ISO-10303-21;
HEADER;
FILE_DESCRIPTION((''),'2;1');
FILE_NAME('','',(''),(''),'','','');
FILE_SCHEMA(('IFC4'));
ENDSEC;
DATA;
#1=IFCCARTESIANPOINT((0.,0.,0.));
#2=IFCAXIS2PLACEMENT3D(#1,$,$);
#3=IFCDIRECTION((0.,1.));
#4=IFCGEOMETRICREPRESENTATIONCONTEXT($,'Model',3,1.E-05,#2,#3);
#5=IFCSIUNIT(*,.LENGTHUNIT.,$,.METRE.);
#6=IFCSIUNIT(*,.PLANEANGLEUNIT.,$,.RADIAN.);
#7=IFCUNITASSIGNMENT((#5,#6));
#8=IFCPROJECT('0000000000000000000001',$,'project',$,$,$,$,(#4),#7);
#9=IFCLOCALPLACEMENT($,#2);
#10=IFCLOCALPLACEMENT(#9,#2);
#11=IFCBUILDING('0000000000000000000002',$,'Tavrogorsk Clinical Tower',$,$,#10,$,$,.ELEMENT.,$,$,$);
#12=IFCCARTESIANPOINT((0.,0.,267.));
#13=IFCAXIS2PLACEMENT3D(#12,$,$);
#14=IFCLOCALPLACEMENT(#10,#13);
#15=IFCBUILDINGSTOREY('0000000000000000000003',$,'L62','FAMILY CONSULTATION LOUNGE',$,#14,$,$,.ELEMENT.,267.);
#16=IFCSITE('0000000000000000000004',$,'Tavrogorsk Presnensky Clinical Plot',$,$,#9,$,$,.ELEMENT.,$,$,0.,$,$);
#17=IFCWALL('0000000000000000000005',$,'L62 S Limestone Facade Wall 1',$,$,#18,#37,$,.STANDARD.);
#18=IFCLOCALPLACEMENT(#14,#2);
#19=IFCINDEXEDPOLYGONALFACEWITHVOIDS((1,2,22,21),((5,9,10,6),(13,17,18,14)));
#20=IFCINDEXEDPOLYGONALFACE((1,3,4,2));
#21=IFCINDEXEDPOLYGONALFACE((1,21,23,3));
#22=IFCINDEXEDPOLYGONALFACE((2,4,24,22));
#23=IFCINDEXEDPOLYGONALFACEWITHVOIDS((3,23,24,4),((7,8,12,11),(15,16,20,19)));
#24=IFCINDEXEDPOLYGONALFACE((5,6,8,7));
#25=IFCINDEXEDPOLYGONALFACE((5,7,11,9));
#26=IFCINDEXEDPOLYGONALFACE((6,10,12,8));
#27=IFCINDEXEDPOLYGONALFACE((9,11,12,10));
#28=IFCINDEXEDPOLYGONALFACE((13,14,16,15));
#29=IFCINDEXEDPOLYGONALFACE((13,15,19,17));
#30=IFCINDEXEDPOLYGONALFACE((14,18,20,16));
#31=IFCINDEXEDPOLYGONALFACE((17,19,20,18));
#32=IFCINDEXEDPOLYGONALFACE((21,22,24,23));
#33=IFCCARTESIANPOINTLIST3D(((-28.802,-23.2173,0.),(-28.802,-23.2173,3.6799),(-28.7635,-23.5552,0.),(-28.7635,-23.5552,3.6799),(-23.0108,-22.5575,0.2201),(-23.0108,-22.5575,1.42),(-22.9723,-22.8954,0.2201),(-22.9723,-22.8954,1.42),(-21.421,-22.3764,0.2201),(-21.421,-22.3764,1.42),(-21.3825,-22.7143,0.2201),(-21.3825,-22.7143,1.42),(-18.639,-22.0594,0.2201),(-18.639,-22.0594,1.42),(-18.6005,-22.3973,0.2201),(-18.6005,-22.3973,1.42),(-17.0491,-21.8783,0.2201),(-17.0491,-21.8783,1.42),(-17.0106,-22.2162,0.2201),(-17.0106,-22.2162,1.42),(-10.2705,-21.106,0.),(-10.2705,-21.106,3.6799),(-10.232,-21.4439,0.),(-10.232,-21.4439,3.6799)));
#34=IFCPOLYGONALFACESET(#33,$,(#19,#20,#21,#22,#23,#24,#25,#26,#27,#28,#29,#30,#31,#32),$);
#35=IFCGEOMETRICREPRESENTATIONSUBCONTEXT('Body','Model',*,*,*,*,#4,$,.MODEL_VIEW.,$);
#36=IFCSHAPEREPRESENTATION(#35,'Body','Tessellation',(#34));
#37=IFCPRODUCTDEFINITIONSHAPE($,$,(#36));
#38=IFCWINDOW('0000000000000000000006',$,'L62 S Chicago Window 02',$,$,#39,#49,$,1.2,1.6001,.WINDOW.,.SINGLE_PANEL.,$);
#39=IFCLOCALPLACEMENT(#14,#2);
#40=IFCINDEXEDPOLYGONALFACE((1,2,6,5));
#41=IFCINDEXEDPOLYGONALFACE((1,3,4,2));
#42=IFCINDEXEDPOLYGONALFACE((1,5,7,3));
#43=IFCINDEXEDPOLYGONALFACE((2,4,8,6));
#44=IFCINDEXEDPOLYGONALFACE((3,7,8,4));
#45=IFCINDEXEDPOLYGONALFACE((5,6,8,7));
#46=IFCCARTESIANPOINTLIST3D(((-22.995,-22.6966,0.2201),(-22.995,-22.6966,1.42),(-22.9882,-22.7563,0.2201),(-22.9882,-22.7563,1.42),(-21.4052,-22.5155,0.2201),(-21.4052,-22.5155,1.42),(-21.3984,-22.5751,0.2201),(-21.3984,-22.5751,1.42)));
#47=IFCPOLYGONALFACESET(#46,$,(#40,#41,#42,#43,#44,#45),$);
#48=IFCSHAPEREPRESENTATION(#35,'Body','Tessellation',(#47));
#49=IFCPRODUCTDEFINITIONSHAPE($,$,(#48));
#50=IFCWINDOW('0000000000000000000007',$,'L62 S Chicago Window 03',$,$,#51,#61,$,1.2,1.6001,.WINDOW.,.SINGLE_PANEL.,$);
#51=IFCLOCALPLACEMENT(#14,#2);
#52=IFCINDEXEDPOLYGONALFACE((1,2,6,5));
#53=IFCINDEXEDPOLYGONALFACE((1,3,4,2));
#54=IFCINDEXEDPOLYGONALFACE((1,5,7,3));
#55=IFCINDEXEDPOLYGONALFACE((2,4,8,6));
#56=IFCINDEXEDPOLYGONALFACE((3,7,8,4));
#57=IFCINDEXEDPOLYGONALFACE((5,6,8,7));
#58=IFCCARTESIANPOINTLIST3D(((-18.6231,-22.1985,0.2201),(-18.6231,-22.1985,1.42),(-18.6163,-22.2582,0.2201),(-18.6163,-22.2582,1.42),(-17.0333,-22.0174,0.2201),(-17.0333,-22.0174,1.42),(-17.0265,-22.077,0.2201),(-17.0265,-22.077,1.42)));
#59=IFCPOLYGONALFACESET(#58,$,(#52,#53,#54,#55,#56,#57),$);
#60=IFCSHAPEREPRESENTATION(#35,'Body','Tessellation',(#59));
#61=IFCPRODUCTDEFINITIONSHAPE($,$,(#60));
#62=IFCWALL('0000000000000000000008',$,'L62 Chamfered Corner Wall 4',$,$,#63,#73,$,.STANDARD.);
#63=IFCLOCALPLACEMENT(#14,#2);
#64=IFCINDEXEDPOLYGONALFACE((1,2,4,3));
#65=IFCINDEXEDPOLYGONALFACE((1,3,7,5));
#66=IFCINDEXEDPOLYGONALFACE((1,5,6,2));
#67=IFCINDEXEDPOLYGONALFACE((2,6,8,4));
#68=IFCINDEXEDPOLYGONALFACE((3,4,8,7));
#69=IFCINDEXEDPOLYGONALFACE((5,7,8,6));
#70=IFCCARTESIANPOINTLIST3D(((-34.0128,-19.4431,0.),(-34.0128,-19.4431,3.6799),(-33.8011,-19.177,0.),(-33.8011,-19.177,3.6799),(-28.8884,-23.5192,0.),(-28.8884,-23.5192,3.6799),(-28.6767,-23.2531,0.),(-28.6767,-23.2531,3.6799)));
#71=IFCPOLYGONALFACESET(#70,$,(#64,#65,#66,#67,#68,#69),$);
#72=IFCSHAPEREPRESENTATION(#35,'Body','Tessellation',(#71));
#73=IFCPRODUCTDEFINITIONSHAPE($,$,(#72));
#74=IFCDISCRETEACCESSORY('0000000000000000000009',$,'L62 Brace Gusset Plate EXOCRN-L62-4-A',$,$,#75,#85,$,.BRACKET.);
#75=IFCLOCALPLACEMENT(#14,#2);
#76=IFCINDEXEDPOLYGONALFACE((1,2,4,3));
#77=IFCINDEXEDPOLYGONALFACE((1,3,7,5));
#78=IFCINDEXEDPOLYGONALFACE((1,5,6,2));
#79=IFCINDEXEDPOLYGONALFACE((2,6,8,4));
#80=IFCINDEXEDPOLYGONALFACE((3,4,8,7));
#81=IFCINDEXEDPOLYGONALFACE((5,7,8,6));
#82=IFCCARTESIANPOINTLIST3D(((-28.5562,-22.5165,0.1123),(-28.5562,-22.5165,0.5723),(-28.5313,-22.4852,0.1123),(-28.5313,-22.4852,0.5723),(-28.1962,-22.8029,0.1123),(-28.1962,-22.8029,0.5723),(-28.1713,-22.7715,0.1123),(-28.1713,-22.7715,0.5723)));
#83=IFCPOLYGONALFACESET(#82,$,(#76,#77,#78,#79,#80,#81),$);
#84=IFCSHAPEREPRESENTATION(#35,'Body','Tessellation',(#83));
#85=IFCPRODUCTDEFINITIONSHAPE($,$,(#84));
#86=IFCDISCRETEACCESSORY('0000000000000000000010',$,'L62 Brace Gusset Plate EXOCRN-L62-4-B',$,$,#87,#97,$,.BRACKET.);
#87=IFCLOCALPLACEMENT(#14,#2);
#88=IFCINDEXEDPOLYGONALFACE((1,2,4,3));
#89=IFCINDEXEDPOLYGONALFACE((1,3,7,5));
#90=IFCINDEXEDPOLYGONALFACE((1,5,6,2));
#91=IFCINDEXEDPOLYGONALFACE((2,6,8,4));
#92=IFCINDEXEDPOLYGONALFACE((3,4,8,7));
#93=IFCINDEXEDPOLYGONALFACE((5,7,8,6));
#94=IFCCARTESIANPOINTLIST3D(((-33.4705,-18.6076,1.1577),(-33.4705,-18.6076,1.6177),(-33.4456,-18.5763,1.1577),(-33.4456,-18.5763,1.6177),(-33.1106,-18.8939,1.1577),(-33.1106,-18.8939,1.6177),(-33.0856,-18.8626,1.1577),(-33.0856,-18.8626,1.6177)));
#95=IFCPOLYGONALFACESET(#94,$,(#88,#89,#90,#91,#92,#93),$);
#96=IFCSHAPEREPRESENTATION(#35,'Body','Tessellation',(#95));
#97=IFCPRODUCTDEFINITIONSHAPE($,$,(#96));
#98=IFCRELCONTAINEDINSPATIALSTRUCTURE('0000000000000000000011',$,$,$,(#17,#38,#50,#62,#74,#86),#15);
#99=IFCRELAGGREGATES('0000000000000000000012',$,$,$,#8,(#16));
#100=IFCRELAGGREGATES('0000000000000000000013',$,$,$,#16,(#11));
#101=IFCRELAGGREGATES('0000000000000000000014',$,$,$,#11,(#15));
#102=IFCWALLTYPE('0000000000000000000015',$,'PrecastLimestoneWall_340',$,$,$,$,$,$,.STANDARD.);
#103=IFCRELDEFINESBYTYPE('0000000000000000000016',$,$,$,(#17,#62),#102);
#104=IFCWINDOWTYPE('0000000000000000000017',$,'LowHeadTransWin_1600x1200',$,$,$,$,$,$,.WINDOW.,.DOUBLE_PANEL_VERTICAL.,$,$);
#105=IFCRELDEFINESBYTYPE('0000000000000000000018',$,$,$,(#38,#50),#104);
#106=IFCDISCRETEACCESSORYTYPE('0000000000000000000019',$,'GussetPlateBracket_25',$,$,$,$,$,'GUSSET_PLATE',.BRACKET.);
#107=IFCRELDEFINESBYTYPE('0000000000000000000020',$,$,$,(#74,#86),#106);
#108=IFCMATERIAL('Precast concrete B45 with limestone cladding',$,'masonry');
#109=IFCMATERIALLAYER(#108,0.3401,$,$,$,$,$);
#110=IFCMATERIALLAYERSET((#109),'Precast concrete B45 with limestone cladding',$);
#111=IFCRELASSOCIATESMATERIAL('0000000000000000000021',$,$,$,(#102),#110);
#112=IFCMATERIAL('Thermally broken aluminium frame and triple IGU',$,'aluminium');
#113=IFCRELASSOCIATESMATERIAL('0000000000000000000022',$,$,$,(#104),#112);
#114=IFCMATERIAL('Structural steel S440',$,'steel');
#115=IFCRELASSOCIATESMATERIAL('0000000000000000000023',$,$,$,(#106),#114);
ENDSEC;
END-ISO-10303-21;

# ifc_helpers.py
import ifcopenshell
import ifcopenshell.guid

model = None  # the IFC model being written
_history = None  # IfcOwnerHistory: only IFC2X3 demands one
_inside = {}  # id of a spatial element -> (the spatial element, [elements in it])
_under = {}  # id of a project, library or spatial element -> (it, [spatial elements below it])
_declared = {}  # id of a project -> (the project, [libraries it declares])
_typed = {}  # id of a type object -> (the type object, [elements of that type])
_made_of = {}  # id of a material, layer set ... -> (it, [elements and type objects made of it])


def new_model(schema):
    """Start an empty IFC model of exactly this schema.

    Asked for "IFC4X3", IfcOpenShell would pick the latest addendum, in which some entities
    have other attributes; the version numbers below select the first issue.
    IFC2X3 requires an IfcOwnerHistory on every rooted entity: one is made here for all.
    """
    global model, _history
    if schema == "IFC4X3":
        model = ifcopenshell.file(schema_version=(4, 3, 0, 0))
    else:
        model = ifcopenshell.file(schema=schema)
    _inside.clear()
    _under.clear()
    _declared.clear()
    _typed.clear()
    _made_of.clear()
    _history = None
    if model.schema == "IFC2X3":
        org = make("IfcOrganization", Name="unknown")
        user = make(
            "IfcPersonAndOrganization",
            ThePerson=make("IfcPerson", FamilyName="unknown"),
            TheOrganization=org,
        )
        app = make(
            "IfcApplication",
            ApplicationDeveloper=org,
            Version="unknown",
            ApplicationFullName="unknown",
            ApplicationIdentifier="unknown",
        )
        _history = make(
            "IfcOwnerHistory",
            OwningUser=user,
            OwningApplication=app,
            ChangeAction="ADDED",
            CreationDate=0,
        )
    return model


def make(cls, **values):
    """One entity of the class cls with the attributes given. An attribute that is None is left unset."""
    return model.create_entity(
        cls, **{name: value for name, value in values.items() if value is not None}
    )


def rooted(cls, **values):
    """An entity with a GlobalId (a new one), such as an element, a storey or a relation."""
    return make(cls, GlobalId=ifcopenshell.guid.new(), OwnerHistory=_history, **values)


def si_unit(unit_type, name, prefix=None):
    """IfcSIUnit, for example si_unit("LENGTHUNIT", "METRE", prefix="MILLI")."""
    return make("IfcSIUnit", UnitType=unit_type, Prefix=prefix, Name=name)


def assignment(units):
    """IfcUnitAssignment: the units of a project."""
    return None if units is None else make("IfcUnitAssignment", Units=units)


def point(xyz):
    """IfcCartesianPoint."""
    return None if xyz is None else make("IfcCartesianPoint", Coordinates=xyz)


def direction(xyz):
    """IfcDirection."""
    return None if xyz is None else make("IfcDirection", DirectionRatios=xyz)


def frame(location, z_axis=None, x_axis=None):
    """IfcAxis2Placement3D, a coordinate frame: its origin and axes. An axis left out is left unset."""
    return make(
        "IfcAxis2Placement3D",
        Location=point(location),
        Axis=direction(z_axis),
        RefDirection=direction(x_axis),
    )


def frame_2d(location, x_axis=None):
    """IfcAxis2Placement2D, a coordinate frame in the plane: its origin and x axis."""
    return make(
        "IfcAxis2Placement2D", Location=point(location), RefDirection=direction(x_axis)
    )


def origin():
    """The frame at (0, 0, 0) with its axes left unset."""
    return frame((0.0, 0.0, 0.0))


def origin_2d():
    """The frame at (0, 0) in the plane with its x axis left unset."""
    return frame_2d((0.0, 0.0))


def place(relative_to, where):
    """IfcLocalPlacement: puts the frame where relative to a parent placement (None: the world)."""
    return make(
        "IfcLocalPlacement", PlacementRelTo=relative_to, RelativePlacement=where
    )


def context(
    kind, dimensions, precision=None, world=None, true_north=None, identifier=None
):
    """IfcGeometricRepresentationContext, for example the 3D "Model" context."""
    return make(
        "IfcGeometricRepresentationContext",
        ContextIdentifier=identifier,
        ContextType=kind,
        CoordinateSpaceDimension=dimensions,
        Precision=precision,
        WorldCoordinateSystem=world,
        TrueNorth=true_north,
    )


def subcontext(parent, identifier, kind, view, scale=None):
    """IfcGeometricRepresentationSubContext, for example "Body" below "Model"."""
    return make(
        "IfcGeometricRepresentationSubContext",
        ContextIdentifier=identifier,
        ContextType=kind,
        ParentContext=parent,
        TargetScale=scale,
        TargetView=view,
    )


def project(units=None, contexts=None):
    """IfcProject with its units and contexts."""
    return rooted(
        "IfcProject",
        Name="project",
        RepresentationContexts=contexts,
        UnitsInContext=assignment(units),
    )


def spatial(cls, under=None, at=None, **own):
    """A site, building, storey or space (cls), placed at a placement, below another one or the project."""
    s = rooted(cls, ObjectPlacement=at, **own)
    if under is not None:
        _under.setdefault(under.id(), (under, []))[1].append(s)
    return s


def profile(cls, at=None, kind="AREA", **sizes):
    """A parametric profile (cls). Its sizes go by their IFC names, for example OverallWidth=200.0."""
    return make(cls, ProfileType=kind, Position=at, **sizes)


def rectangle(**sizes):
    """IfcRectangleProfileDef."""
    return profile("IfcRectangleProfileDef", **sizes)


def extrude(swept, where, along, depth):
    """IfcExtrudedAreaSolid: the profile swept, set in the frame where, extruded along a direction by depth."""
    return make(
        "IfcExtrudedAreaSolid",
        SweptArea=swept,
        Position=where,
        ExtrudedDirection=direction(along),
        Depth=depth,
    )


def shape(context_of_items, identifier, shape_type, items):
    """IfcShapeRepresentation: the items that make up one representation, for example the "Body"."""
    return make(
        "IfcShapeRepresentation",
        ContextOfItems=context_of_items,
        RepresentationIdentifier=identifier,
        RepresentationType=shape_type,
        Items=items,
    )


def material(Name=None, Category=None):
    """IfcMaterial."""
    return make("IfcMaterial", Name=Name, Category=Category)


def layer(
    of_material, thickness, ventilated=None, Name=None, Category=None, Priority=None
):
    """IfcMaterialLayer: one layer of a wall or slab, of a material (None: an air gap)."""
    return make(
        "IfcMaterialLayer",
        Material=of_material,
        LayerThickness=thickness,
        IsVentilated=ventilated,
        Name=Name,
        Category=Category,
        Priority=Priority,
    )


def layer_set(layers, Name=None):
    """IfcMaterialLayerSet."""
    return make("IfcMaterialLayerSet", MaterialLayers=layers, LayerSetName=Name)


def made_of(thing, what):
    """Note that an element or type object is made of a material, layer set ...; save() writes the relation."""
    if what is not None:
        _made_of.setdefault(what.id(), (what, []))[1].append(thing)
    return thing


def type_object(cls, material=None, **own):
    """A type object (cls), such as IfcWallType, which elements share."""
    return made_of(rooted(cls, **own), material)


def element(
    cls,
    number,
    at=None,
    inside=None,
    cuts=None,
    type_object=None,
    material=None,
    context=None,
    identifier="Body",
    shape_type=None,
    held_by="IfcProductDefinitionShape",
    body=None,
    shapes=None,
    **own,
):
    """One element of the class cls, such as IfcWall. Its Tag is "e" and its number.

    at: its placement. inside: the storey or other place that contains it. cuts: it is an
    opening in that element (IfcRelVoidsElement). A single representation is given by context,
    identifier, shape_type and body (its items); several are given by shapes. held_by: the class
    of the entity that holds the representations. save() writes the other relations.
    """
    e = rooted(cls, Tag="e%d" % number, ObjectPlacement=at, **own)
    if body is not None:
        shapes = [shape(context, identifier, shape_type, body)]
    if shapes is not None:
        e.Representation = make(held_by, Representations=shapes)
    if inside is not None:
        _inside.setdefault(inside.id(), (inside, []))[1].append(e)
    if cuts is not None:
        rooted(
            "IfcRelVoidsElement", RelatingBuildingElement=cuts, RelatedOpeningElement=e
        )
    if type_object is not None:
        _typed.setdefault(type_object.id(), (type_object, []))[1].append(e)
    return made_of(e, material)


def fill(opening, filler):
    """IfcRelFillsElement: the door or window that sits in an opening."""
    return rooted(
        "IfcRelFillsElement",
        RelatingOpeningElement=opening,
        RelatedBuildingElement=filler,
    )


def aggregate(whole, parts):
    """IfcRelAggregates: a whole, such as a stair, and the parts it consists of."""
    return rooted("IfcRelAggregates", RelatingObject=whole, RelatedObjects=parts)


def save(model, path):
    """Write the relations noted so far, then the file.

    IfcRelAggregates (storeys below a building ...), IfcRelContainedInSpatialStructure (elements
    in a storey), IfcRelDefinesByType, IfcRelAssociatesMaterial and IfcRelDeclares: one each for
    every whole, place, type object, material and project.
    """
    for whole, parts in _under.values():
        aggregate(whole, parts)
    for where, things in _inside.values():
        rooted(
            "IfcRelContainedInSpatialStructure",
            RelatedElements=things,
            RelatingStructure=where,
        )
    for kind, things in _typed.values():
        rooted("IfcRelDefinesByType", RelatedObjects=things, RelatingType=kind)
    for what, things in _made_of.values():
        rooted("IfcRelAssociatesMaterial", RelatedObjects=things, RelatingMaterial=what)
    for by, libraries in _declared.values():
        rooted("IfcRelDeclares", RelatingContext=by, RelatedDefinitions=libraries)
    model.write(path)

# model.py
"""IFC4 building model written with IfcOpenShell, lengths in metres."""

from ifc_helpers import new_model, si_unit, direction, frame, frame_2d, origin, origin_2d, place, context, subcontext, project, spatial, rectangle, extrude, material, layer, layer_set, type_object, element, fill, save


model = new_model("IFC4")

# Units and contexts
model_context = context("Model", 3, precision=1e-05, world=origin(), true_north=direction((0.0, 1.0)))
body_context = subcontext(model_context, "Body", "Model", "MODEL_VIEW")
ifc_project = project(units=[si_unit("LENGTHUNIT", "METRE"), si_unit("PLANEANGLEUNIT", "RADIAN")], contexts=[model_context])

# Site, building, storey
site_placement = place(None, origin())
site = spatial("IfcSite", under=ifc_project, at=site_placement, Name="Tavrogorsk Presnensky Clinical Plot", CompositionType="ELEMENT", RefElevation=0.0)
building_placement = place(site_placement, origin())
building = spatial("IfcBuilding", under=site, at=building_placement, Name="Tavrogorsk Clinical Tower", CompositionType="ELEMENT")
storey_placement = place(building_placement, frame((0.0, 0.0, 267.0)))
storey = spatial("IfcBuildingStorey", under=building, at=storey_placement, Name="L62", Description="FAMILY CONSULTATION LOUNGE", CompositionType="ELEMENT", Elevation=267.0)

# Wall, openings, windows
ifc_material_1 = material(Name="Precast concrete B45 with limestone cladding", Category="masonry")
ifc_layer_1 = layer(ifc_material_1, 0.3401)
ifc_layer_set_1 = layer_set([ifc_layer_1], Name="Precast concrete B45 with limestone cladding")
wall_type_1 = type_object("IfcWallType", Name="PrecastLimestoneWall_340", PredefinedType="STANDARD", material=ifc_layer_set_1)
wall_1_placement = place(storey_placement, frame((-28.7827, -23.3862, 0.0), z_axis=(0.0, 0.0, 1.0), x_axis=(0.993572, 0.1132, 0.0)))
wall_1 = element("IfcWall", 1, at=wall_1_placement, inside=storey, type_object=wall_type_1, Name="L62 S Limestone Facade Wall 1", PredefinedType="STANDARD", context=body_context, shape_type="SweptSolid", body=[
    extrude(rectangle(XDim=18.6514, YDim=0.3401, at=frame_2d((9.3257, 0.0))), origin(), (0.0, 0.0, 1.0), 3.6799),
])
opening_1_placement = place(wall_1_placement, frame((5.8286, 0.0, 0.22)))
opening_1 = element("IfcOpeningElement", 2, at=opening_1_placement, cuts=wall_1, PredefinedType="OPENING", context=body_context, shape_type="SweptSolid", body=[
    extrude(rectangle(XDim=1.6001, YDim=1.2, at=frame_2d((0.8, 0.6001))), frame((0.0, 0.1799, 0.0), z_axis=(0.0, -1.0, 0.0), x_axis=(1.0, 0.0, 0.0)), (0.0, 0.0, 1.0), 0.3601),
])
opening_2_placement = place(wall_1_placement, frame((10.2288, 0.0, 0.22)))
opening_2 = element("IfcOpeningElement", 3, at=opening_2_placement, cuts=wall_1, PredefinedType="OPENING", context=body_context, shape_type="SweptSolid", body=[
    extrude(rectangle(XDim=1.6001, YDim=1.2, at=frame_2d((0.8, 0.6001))), frame((0.0, 0.1799, 0.0), z_axis=(0.0, -1.0, 0.0), x_axis=(1.0, 0.0, 0.0)), (0.0, 0.0, 1.0), 0.3601),
])
ifc_material_2 = material(Name="Thermally broken aluminium frame and triple IGU", Category="aluminium")
window_type = type_object("IfcWindowType", Name="LowHeadTransWin_1600x1200", PartitioningType="DOUBLE_PANEL_VERTICAL", PredefinedType="WINDOW", material=ifc_material_2)
window_1_placement = place(opening_1_placement, origin())
window_1 = element("IfcWindow", 4, at=window_1_placement, inside=storey, type_object=window_type, Name="L62 S Chicago Window 02", OverallHeight=1.2, OverallWidth=1.6001, PartitioningType="SINGLE_PANEL", PredefinedType="WINDOW", context=body_context, shape_type="SweptSolid", body=[
    extrude(rectangle(XDim=1.6001, YDim=1.2, at=frame_2d((0.8, 0.6001))), frame((0.0, 0.03, 0.0), z_axis=(0.0, -1.0, 0.0), x_axis=(1.0, 0.0, 0.0)), (0.0, 0.0, 1.0), 0.0601),
])
fill(opening_1, window_1)
window_2_placement = place(opening_2_placement, origin())
window_2 = element("IfcWindow", 5, at=window_2_placement, inside=storey, type_object=window_type, Name="L62 S Chicago Window 03", OverallHeight=1.2, OverallWidth=1.6001, PartitioningType="SINGLE_PANEL", PredefinedType="WINDOW", context=body_context, shape_type="SweptSolid", body=[
    extrude(rectangle(XDim=1.6001, YDim=1.2, at=frame_2d((0.8, 0.6001))), frame((0.0, 0.03, 0.0), z_axis=(0.0, -1.0, 0.0), x_axis=(1.0, 0.0, 0.0)), (0.0, 0.0, 1.0), 0.0601),
])
fill(opening_2, window_2)

# Wall
wall_2_placement = place(storey_placement, frame((-33.907, -19.3101, 0.0), z_axis=(0.0, 0.0, 1.0), x_axis=(0.782612, -0.62251, 0.0)))
element("IfcWall", 6, at=wall_2_placement, inside=storey, type_object=wall_type_1, Name="L62 Chamfered Corner Wall 4", PredefinedType="STANDARD", context=body_context, shape_type="SweptSolid", body=[
    extrude(rectangle(XDim=6.5479, YDim=0.3401, at=frame_2d((3.2739, 0.0))), origin(), (0.0, 0.0, 1.0), 3.6799),
])

# Discrete accessories
ifc_material_3 = material(Name="Structural steel S440", Category="steel")
discrete_accessory_type = type_object("IfcDiscreteAccessoryType", Name="GussetPlateBracket_25", ElementType="GUSSET_PLATE", PredefinedType="BRACKET", material=ifc_material_3)
for number, where, z_axis, x_axis, name in (
    (7, (-28.3638, -22.644, 0.1123), (0.0, 0.0, 1.0), (-0.782608, 0.622515, 0.0), "L62 Brace Gusset Plate EXOCRN-L62-4-A"),
    (8, (-33.2781, -18.7351, 1.1577), (0.0, 0.0, 1.0), (-0.782608, 0.622515, 0.0), "L62 Brace Gusset Plate EXOCRN-L62-4-B"),
):
    element("IfcDiscreteAccessory", number, at=place(storey_placement, frame(where, z_axis=z_axis, x_axis=x_axis)), inside=storey, type_object=discrete_accessory_type, Name=name, PredefinedType="BRACKET", context=body_context, shape_type="SweptSolid", body=[
        extrude(rectangle(XDim=0.46, YDim=0.04, at=origin_2d()), origin(), (0.0, 0.0, 1.0), 0.46),
    ])

save(model, "model.ifc")
